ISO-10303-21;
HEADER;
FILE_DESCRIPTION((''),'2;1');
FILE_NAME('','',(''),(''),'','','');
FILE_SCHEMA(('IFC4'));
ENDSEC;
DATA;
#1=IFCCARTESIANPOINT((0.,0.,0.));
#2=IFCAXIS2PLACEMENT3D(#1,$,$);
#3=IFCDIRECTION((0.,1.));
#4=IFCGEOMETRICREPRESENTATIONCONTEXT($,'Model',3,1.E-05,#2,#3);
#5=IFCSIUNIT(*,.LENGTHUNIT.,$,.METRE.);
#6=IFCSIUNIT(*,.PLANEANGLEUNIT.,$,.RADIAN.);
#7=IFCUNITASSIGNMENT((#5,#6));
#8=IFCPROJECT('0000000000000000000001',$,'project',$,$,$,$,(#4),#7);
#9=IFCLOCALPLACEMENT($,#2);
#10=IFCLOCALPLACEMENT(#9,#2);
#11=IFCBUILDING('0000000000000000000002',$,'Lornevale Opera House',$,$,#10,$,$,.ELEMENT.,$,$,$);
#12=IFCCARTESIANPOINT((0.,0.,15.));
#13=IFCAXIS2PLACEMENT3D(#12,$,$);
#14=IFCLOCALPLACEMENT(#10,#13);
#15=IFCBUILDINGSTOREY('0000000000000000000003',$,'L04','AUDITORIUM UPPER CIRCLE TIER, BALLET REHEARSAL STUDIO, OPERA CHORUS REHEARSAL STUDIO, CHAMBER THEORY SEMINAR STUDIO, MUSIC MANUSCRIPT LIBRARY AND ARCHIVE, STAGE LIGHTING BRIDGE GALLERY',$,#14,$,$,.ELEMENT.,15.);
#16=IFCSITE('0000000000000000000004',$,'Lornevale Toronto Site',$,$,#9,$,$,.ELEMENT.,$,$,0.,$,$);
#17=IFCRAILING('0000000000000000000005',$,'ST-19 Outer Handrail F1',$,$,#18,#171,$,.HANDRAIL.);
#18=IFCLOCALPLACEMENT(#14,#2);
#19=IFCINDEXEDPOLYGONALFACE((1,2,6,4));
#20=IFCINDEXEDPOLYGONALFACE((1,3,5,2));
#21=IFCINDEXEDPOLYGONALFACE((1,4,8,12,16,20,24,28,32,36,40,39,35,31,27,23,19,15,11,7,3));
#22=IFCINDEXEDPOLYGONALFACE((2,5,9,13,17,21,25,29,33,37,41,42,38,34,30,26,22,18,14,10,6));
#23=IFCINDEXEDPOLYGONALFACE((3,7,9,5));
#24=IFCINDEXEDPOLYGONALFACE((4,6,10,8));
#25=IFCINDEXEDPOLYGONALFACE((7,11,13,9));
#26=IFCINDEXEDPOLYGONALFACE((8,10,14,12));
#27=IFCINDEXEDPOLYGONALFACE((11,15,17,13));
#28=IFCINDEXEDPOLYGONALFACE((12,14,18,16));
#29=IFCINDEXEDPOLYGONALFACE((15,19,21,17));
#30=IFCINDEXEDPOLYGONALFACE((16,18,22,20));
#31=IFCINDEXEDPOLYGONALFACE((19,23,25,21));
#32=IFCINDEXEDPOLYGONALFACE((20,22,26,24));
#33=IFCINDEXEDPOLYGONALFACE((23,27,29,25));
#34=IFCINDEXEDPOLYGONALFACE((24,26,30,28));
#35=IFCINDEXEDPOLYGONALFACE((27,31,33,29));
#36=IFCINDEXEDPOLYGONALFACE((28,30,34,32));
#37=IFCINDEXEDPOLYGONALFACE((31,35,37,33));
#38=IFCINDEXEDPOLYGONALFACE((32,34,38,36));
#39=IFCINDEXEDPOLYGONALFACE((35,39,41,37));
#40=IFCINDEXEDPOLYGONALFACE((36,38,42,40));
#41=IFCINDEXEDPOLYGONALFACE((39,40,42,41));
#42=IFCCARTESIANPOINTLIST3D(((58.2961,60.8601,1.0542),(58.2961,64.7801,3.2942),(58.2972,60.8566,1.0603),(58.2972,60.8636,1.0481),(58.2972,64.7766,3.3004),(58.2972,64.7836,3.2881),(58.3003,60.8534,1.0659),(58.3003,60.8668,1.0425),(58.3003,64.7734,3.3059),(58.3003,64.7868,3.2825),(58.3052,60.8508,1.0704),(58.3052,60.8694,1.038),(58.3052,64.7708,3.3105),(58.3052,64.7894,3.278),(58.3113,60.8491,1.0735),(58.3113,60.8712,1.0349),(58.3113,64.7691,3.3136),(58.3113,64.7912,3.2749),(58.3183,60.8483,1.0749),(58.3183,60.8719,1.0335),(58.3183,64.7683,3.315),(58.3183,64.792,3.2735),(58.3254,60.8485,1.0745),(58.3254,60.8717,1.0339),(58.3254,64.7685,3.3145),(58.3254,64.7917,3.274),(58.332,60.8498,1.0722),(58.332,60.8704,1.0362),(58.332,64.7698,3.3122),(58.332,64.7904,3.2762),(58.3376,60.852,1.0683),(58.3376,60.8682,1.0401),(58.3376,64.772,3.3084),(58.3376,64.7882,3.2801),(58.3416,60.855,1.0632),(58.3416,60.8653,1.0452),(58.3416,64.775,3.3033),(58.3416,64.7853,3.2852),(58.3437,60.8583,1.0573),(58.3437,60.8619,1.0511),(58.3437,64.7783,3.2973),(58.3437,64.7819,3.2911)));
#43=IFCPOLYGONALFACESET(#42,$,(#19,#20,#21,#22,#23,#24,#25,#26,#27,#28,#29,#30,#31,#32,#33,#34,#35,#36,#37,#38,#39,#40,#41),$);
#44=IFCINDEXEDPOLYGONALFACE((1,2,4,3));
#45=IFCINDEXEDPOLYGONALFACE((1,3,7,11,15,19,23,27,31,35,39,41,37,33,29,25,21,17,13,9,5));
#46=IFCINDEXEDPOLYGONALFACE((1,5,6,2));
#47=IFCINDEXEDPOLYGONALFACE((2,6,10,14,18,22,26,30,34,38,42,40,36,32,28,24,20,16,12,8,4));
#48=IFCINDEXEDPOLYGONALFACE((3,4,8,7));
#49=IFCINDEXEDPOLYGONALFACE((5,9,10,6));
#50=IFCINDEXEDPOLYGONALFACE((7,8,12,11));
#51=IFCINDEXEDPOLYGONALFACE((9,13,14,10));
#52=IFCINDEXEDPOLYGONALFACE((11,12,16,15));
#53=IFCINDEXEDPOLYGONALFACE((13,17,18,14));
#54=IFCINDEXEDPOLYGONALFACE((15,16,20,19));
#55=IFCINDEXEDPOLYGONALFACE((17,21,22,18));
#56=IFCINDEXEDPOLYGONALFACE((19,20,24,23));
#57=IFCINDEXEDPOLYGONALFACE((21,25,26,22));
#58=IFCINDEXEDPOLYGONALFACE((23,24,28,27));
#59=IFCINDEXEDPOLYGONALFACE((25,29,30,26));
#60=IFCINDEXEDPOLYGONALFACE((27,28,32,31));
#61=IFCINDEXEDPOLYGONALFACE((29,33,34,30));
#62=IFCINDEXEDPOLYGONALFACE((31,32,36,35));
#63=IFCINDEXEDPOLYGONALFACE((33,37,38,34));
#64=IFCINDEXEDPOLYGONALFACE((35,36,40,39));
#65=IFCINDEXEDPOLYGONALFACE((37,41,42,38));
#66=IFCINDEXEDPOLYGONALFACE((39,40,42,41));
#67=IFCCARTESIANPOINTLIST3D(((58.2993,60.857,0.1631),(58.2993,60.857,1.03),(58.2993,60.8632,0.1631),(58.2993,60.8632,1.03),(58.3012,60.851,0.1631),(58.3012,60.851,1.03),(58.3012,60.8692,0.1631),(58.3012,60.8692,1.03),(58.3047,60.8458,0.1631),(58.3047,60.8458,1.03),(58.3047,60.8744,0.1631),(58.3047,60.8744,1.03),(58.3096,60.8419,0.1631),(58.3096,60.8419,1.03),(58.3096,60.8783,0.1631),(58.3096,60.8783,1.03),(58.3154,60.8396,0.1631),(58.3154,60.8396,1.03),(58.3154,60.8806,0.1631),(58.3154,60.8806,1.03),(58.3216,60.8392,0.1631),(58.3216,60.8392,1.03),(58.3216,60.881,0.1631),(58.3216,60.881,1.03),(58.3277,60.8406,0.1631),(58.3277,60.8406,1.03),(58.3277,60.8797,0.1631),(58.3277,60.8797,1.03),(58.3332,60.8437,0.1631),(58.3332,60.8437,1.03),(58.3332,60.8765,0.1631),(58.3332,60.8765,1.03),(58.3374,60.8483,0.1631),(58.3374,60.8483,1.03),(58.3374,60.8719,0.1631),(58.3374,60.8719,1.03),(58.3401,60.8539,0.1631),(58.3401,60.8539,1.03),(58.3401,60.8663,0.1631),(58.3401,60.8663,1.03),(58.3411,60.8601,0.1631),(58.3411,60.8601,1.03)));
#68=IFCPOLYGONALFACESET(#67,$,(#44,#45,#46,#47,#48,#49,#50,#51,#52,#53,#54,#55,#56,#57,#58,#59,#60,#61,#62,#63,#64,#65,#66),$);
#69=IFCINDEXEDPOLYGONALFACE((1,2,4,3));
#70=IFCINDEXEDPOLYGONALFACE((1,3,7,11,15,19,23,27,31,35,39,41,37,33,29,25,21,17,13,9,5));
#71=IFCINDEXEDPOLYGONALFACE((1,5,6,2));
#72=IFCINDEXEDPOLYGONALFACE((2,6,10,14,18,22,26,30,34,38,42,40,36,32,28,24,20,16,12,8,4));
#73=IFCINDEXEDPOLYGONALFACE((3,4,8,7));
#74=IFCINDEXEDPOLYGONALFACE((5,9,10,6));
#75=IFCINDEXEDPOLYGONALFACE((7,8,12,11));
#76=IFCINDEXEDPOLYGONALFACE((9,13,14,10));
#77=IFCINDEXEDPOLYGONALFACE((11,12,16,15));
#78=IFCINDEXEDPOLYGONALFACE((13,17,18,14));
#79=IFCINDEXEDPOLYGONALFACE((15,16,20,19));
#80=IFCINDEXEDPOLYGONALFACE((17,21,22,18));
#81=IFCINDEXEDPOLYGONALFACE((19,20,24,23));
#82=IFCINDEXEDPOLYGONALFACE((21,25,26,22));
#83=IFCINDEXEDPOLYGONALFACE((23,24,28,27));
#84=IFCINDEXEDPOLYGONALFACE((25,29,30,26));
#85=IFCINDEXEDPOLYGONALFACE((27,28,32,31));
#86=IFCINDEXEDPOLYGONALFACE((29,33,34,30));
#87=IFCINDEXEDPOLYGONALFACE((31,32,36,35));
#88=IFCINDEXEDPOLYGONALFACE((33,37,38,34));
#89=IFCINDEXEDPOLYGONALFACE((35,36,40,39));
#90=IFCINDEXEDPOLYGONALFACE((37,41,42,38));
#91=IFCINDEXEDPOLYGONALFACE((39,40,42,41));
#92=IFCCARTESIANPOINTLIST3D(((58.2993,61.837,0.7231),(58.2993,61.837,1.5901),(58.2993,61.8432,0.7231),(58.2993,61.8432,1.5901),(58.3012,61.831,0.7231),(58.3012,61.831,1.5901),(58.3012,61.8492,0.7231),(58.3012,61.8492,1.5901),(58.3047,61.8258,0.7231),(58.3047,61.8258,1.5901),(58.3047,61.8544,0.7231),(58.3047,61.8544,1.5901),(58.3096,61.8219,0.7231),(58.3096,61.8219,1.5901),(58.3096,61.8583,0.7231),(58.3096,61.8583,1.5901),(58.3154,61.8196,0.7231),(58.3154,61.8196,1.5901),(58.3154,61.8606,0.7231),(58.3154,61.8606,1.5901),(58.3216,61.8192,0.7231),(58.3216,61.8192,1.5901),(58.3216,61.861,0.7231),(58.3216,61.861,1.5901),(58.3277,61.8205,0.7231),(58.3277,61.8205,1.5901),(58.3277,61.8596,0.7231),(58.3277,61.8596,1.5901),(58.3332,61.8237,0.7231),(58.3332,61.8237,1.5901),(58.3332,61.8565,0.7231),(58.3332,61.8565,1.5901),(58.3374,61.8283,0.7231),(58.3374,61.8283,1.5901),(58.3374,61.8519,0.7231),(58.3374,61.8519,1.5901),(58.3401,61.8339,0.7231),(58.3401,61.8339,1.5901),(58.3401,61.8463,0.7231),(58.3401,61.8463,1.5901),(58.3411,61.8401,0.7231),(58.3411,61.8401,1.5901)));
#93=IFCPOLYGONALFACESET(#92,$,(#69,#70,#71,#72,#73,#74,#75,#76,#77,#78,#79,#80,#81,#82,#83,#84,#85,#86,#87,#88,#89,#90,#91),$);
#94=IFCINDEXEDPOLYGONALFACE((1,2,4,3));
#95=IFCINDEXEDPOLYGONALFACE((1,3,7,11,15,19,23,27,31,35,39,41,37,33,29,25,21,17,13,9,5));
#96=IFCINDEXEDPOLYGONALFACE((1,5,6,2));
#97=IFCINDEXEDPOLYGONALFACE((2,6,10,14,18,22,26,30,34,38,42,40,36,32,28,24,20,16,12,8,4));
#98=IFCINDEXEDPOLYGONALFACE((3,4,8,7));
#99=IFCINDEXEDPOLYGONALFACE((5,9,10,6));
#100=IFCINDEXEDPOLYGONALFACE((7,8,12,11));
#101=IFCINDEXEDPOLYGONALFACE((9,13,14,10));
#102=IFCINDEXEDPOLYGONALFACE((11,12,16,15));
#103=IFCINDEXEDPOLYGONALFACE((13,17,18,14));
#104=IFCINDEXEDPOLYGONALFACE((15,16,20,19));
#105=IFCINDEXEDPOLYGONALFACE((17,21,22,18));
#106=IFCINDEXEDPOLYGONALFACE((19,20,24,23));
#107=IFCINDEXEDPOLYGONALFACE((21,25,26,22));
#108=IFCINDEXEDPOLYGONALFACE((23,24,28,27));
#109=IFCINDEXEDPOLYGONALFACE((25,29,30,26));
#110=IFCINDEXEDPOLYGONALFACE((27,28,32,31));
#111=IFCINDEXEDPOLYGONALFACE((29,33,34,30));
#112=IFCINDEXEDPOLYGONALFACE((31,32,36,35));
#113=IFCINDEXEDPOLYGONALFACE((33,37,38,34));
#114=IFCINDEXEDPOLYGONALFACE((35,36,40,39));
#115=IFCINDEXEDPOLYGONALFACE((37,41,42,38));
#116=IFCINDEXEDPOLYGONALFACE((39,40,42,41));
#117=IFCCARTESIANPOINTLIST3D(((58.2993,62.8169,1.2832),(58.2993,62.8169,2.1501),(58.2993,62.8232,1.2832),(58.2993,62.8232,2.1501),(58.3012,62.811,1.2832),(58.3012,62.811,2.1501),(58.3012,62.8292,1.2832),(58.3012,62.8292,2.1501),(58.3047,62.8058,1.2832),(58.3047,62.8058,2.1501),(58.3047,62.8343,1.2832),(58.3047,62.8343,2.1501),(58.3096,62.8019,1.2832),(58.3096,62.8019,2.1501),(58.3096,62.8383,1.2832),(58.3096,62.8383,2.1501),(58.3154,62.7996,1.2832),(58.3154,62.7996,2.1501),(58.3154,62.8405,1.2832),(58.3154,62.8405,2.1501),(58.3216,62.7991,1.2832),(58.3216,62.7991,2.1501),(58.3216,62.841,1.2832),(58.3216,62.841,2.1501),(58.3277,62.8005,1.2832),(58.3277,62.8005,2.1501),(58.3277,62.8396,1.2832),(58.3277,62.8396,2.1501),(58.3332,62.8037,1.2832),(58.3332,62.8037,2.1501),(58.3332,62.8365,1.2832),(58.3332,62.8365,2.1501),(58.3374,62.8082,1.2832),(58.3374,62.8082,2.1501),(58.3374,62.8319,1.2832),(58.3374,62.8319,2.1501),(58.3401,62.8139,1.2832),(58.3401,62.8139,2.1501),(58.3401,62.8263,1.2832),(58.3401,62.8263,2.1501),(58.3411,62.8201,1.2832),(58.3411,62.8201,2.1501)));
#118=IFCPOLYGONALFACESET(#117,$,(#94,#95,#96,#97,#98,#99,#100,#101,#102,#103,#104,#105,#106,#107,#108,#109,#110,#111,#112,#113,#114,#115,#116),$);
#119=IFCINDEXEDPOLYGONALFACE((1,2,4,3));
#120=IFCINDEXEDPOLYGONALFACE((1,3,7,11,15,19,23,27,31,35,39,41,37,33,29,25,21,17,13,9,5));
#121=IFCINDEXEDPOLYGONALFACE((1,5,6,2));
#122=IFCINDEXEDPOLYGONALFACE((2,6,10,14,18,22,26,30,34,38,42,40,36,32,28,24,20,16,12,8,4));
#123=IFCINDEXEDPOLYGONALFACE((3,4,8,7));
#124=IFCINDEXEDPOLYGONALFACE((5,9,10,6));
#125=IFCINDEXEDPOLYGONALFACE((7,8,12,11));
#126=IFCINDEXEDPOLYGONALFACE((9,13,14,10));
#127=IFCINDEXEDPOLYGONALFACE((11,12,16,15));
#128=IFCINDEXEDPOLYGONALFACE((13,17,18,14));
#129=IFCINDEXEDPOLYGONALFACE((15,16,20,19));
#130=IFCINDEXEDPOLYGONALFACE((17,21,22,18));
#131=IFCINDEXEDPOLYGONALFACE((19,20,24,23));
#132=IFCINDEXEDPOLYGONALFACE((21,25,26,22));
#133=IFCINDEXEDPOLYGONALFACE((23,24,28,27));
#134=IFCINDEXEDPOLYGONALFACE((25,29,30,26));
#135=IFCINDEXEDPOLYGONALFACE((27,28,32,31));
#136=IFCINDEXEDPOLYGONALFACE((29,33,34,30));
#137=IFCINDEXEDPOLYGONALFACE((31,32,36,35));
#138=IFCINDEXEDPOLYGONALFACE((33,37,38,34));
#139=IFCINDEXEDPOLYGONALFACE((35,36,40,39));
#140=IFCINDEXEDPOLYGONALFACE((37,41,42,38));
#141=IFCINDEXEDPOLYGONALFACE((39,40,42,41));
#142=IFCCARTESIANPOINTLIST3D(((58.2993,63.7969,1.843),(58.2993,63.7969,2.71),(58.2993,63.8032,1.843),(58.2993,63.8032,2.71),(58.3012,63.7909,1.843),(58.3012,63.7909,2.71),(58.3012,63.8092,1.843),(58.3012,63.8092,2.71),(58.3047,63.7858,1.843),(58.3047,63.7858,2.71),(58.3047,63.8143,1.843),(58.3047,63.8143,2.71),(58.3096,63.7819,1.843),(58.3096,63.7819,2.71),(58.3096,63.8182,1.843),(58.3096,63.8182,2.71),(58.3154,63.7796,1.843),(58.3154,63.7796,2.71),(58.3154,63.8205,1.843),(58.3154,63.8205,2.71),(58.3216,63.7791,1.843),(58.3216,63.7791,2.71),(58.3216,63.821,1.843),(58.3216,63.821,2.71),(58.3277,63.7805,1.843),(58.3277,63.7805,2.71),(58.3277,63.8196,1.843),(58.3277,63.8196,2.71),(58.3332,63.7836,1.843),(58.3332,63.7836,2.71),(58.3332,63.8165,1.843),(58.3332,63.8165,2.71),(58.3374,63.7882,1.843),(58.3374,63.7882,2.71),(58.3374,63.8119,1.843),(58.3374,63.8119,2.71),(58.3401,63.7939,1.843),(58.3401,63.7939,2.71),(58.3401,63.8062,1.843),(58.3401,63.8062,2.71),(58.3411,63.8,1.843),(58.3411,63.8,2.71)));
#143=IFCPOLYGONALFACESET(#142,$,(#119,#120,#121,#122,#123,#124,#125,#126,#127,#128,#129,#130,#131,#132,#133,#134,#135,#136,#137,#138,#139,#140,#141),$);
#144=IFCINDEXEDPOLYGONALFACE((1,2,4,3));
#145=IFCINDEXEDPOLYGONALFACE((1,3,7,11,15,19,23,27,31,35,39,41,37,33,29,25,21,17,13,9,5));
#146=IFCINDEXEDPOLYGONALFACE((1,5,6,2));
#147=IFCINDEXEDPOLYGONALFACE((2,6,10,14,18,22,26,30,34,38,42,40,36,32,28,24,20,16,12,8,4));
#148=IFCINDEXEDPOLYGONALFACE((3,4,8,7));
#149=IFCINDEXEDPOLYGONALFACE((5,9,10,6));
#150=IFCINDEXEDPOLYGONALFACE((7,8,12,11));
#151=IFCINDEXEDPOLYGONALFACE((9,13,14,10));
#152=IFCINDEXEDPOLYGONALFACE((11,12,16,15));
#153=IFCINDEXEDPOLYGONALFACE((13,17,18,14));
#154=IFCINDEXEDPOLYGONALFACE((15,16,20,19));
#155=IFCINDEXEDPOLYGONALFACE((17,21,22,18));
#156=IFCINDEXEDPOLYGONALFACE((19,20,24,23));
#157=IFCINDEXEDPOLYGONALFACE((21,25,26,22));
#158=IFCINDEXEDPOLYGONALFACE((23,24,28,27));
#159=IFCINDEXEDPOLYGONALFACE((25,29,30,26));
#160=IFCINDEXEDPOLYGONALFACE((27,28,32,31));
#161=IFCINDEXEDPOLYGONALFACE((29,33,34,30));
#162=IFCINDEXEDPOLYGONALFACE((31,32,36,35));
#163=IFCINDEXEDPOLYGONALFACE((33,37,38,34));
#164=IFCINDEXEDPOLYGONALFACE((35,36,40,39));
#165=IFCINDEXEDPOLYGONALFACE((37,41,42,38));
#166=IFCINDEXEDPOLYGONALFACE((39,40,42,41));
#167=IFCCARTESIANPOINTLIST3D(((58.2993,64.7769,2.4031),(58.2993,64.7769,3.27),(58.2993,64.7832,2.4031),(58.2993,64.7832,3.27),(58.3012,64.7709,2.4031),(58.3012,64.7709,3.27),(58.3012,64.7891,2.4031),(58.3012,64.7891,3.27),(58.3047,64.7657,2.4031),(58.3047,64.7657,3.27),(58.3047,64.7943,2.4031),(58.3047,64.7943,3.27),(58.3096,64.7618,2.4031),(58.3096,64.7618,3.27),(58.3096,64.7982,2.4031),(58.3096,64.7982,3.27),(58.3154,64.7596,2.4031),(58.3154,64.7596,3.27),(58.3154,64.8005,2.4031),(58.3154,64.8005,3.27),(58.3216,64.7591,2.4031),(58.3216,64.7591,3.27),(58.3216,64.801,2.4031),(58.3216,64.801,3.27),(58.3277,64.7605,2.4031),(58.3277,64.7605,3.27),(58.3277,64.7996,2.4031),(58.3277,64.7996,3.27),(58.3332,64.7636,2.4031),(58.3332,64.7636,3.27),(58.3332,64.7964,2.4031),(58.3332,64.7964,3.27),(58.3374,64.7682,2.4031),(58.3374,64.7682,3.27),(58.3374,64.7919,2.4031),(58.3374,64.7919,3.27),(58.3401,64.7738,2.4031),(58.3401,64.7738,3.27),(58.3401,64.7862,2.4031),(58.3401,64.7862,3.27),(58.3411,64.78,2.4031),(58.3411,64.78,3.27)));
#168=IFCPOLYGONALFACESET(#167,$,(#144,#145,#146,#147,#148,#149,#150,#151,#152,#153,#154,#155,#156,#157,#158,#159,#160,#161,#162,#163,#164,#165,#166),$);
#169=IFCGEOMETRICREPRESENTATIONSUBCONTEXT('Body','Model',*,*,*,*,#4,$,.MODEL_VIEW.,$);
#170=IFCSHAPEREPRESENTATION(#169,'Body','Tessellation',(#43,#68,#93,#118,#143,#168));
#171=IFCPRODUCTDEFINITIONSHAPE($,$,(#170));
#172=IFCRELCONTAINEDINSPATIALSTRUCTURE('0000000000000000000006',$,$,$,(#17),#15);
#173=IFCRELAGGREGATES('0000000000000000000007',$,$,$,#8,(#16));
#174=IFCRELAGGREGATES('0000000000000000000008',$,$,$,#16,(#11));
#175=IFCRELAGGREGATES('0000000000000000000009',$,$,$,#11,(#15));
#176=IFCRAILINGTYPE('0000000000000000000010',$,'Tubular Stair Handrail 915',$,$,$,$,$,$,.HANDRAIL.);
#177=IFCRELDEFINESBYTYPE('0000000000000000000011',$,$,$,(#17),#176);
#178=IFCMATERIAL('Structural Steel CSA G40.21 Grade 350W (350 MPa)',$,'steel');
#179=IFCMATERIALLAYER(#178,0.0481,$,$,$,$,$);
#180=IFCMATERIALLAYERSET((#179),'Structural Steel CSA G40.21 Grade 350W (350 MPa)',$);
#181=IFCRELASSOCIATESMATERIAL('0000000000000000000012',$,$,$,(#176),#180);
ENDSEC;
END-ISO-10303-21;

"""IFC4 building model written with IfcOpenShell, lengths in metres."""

from ifc_helpers import new_model, si_unit, direction, frame, origin, origin_2d, place, context, subcontext, project, spatial, circle, extrude, material, layer, layer_set, type_object, element, save


model = new_model("IFC4")

# Units and contexts
model_context = context("Model", 3, precision=1e-05, world=origin(), true_north=direction((0.0, 1.0)))
body_context = subcontext(model_context, "Body", "Model", "MODEL_VIEW")
ifc_project = project(units=[si_unit("LENGTHUNIT", "METRE"), si_unit("PLANEANGLEUNIT", "RADIAN")], contexts=[model_context])

# Site, building, storey
site_placement = place(None, origin())
site = spatial("IfcSite", under=ifc_project, at=site_placement, Name="Lornevale Toronto Site", CompositionType="ELEMENT", RefElevation=0.0)
building_placement = place(site_placement, origin())
building = spatial("IfcBuilding", under=site, at=building_placement, Name="Lornevale Opera House", CompositionType="ELEMENT")
storey_placement = place(building_placement, frame((0.0, 0.0, 15.0)))
storey = spatial("IfcBuildingStorey", under=building, at=storey_placement, Name="L04", Description="AUDITORIUM UPPER CIRCLE TIER, BALLET REHEARSAL STUDIO, OPERA CHORUS REHEARSAL STUDIO, CHAMBER THEORY SEMINAR STUDIO, MUSIC MANUSCRIPT LIBRARY AND ARCHIVE, STAGE LIGHTING BRIDGE GALLERY", CompositionType="ELEMENT", Elevation=15.0)

# Shared definitions
ifc_material_1 = material(Name="Structural Steel CSA G40.21 Grade 350W (350 MPa)", Category="steel")

# Railing
ifc_layer_1 = layer(ifc_material_1, 0.0481)
ifc_layer_set_1 = layer_set([ifc_layer_1], Name="Structural Steel CSA G40.21 Grade 350W (350 MPa)")
railing_type_1 = type_object("IfcRailingType", Name="Tubular Stair Handrail 915", PredefinedType="HANDRAIL", material=ifc_layer_set_1)
railing_1_placement = place(storey_placement, frame((58.3201, 60.8601, 0.1631)))
element("IfcRailing", 1, at=railing_1_placement, inside=storey, type_object=railing_type_1, Name="ST-19 Outer Handrail F1", PredefinedType="HANDRAIL", context=body_context, shape_type="SweptSolid", body=[
    extrude(circle(Radius=0.0239, at=origin_2d()), frame((0.0, 0.0, 0.8911), z_axis=(0.0, 0.86824, 0.496145), x_axis=(-1.0, 0.0, 0.0)), (0.0, 0.0, 1.0), 4.5149),
    extrude(circle(Radius=0.021, at=origin_2d()), origin(), (0.0, 0.0, 1.0), 0.8669),
    extrude(circle(Radius=0.021, at=origin_2d()), frame((0.0, 0.98, 0.5601)), (0.0, 0.0, 1.0), 0.8669),
    extrude(circle(Radius=0.021, at=origin_2d()), frame((0.0, 1.96, 1.1201)), (0.0, 0.0, 1.0), 0.8669),
    extrude(circle(Radius=0.021, at=origin_2d()), frame((0.0, 2.9399, 1.6799)), (0.0, 0.0, 1.0), 0.8669),
    extrude(circle(Radius=0.021, at=origin_2d()), frame((0.0, 3.9199, 2.24)), (0.0, 0.0, 1.0), 0.8669),
])

save(model, "model.ifc")
